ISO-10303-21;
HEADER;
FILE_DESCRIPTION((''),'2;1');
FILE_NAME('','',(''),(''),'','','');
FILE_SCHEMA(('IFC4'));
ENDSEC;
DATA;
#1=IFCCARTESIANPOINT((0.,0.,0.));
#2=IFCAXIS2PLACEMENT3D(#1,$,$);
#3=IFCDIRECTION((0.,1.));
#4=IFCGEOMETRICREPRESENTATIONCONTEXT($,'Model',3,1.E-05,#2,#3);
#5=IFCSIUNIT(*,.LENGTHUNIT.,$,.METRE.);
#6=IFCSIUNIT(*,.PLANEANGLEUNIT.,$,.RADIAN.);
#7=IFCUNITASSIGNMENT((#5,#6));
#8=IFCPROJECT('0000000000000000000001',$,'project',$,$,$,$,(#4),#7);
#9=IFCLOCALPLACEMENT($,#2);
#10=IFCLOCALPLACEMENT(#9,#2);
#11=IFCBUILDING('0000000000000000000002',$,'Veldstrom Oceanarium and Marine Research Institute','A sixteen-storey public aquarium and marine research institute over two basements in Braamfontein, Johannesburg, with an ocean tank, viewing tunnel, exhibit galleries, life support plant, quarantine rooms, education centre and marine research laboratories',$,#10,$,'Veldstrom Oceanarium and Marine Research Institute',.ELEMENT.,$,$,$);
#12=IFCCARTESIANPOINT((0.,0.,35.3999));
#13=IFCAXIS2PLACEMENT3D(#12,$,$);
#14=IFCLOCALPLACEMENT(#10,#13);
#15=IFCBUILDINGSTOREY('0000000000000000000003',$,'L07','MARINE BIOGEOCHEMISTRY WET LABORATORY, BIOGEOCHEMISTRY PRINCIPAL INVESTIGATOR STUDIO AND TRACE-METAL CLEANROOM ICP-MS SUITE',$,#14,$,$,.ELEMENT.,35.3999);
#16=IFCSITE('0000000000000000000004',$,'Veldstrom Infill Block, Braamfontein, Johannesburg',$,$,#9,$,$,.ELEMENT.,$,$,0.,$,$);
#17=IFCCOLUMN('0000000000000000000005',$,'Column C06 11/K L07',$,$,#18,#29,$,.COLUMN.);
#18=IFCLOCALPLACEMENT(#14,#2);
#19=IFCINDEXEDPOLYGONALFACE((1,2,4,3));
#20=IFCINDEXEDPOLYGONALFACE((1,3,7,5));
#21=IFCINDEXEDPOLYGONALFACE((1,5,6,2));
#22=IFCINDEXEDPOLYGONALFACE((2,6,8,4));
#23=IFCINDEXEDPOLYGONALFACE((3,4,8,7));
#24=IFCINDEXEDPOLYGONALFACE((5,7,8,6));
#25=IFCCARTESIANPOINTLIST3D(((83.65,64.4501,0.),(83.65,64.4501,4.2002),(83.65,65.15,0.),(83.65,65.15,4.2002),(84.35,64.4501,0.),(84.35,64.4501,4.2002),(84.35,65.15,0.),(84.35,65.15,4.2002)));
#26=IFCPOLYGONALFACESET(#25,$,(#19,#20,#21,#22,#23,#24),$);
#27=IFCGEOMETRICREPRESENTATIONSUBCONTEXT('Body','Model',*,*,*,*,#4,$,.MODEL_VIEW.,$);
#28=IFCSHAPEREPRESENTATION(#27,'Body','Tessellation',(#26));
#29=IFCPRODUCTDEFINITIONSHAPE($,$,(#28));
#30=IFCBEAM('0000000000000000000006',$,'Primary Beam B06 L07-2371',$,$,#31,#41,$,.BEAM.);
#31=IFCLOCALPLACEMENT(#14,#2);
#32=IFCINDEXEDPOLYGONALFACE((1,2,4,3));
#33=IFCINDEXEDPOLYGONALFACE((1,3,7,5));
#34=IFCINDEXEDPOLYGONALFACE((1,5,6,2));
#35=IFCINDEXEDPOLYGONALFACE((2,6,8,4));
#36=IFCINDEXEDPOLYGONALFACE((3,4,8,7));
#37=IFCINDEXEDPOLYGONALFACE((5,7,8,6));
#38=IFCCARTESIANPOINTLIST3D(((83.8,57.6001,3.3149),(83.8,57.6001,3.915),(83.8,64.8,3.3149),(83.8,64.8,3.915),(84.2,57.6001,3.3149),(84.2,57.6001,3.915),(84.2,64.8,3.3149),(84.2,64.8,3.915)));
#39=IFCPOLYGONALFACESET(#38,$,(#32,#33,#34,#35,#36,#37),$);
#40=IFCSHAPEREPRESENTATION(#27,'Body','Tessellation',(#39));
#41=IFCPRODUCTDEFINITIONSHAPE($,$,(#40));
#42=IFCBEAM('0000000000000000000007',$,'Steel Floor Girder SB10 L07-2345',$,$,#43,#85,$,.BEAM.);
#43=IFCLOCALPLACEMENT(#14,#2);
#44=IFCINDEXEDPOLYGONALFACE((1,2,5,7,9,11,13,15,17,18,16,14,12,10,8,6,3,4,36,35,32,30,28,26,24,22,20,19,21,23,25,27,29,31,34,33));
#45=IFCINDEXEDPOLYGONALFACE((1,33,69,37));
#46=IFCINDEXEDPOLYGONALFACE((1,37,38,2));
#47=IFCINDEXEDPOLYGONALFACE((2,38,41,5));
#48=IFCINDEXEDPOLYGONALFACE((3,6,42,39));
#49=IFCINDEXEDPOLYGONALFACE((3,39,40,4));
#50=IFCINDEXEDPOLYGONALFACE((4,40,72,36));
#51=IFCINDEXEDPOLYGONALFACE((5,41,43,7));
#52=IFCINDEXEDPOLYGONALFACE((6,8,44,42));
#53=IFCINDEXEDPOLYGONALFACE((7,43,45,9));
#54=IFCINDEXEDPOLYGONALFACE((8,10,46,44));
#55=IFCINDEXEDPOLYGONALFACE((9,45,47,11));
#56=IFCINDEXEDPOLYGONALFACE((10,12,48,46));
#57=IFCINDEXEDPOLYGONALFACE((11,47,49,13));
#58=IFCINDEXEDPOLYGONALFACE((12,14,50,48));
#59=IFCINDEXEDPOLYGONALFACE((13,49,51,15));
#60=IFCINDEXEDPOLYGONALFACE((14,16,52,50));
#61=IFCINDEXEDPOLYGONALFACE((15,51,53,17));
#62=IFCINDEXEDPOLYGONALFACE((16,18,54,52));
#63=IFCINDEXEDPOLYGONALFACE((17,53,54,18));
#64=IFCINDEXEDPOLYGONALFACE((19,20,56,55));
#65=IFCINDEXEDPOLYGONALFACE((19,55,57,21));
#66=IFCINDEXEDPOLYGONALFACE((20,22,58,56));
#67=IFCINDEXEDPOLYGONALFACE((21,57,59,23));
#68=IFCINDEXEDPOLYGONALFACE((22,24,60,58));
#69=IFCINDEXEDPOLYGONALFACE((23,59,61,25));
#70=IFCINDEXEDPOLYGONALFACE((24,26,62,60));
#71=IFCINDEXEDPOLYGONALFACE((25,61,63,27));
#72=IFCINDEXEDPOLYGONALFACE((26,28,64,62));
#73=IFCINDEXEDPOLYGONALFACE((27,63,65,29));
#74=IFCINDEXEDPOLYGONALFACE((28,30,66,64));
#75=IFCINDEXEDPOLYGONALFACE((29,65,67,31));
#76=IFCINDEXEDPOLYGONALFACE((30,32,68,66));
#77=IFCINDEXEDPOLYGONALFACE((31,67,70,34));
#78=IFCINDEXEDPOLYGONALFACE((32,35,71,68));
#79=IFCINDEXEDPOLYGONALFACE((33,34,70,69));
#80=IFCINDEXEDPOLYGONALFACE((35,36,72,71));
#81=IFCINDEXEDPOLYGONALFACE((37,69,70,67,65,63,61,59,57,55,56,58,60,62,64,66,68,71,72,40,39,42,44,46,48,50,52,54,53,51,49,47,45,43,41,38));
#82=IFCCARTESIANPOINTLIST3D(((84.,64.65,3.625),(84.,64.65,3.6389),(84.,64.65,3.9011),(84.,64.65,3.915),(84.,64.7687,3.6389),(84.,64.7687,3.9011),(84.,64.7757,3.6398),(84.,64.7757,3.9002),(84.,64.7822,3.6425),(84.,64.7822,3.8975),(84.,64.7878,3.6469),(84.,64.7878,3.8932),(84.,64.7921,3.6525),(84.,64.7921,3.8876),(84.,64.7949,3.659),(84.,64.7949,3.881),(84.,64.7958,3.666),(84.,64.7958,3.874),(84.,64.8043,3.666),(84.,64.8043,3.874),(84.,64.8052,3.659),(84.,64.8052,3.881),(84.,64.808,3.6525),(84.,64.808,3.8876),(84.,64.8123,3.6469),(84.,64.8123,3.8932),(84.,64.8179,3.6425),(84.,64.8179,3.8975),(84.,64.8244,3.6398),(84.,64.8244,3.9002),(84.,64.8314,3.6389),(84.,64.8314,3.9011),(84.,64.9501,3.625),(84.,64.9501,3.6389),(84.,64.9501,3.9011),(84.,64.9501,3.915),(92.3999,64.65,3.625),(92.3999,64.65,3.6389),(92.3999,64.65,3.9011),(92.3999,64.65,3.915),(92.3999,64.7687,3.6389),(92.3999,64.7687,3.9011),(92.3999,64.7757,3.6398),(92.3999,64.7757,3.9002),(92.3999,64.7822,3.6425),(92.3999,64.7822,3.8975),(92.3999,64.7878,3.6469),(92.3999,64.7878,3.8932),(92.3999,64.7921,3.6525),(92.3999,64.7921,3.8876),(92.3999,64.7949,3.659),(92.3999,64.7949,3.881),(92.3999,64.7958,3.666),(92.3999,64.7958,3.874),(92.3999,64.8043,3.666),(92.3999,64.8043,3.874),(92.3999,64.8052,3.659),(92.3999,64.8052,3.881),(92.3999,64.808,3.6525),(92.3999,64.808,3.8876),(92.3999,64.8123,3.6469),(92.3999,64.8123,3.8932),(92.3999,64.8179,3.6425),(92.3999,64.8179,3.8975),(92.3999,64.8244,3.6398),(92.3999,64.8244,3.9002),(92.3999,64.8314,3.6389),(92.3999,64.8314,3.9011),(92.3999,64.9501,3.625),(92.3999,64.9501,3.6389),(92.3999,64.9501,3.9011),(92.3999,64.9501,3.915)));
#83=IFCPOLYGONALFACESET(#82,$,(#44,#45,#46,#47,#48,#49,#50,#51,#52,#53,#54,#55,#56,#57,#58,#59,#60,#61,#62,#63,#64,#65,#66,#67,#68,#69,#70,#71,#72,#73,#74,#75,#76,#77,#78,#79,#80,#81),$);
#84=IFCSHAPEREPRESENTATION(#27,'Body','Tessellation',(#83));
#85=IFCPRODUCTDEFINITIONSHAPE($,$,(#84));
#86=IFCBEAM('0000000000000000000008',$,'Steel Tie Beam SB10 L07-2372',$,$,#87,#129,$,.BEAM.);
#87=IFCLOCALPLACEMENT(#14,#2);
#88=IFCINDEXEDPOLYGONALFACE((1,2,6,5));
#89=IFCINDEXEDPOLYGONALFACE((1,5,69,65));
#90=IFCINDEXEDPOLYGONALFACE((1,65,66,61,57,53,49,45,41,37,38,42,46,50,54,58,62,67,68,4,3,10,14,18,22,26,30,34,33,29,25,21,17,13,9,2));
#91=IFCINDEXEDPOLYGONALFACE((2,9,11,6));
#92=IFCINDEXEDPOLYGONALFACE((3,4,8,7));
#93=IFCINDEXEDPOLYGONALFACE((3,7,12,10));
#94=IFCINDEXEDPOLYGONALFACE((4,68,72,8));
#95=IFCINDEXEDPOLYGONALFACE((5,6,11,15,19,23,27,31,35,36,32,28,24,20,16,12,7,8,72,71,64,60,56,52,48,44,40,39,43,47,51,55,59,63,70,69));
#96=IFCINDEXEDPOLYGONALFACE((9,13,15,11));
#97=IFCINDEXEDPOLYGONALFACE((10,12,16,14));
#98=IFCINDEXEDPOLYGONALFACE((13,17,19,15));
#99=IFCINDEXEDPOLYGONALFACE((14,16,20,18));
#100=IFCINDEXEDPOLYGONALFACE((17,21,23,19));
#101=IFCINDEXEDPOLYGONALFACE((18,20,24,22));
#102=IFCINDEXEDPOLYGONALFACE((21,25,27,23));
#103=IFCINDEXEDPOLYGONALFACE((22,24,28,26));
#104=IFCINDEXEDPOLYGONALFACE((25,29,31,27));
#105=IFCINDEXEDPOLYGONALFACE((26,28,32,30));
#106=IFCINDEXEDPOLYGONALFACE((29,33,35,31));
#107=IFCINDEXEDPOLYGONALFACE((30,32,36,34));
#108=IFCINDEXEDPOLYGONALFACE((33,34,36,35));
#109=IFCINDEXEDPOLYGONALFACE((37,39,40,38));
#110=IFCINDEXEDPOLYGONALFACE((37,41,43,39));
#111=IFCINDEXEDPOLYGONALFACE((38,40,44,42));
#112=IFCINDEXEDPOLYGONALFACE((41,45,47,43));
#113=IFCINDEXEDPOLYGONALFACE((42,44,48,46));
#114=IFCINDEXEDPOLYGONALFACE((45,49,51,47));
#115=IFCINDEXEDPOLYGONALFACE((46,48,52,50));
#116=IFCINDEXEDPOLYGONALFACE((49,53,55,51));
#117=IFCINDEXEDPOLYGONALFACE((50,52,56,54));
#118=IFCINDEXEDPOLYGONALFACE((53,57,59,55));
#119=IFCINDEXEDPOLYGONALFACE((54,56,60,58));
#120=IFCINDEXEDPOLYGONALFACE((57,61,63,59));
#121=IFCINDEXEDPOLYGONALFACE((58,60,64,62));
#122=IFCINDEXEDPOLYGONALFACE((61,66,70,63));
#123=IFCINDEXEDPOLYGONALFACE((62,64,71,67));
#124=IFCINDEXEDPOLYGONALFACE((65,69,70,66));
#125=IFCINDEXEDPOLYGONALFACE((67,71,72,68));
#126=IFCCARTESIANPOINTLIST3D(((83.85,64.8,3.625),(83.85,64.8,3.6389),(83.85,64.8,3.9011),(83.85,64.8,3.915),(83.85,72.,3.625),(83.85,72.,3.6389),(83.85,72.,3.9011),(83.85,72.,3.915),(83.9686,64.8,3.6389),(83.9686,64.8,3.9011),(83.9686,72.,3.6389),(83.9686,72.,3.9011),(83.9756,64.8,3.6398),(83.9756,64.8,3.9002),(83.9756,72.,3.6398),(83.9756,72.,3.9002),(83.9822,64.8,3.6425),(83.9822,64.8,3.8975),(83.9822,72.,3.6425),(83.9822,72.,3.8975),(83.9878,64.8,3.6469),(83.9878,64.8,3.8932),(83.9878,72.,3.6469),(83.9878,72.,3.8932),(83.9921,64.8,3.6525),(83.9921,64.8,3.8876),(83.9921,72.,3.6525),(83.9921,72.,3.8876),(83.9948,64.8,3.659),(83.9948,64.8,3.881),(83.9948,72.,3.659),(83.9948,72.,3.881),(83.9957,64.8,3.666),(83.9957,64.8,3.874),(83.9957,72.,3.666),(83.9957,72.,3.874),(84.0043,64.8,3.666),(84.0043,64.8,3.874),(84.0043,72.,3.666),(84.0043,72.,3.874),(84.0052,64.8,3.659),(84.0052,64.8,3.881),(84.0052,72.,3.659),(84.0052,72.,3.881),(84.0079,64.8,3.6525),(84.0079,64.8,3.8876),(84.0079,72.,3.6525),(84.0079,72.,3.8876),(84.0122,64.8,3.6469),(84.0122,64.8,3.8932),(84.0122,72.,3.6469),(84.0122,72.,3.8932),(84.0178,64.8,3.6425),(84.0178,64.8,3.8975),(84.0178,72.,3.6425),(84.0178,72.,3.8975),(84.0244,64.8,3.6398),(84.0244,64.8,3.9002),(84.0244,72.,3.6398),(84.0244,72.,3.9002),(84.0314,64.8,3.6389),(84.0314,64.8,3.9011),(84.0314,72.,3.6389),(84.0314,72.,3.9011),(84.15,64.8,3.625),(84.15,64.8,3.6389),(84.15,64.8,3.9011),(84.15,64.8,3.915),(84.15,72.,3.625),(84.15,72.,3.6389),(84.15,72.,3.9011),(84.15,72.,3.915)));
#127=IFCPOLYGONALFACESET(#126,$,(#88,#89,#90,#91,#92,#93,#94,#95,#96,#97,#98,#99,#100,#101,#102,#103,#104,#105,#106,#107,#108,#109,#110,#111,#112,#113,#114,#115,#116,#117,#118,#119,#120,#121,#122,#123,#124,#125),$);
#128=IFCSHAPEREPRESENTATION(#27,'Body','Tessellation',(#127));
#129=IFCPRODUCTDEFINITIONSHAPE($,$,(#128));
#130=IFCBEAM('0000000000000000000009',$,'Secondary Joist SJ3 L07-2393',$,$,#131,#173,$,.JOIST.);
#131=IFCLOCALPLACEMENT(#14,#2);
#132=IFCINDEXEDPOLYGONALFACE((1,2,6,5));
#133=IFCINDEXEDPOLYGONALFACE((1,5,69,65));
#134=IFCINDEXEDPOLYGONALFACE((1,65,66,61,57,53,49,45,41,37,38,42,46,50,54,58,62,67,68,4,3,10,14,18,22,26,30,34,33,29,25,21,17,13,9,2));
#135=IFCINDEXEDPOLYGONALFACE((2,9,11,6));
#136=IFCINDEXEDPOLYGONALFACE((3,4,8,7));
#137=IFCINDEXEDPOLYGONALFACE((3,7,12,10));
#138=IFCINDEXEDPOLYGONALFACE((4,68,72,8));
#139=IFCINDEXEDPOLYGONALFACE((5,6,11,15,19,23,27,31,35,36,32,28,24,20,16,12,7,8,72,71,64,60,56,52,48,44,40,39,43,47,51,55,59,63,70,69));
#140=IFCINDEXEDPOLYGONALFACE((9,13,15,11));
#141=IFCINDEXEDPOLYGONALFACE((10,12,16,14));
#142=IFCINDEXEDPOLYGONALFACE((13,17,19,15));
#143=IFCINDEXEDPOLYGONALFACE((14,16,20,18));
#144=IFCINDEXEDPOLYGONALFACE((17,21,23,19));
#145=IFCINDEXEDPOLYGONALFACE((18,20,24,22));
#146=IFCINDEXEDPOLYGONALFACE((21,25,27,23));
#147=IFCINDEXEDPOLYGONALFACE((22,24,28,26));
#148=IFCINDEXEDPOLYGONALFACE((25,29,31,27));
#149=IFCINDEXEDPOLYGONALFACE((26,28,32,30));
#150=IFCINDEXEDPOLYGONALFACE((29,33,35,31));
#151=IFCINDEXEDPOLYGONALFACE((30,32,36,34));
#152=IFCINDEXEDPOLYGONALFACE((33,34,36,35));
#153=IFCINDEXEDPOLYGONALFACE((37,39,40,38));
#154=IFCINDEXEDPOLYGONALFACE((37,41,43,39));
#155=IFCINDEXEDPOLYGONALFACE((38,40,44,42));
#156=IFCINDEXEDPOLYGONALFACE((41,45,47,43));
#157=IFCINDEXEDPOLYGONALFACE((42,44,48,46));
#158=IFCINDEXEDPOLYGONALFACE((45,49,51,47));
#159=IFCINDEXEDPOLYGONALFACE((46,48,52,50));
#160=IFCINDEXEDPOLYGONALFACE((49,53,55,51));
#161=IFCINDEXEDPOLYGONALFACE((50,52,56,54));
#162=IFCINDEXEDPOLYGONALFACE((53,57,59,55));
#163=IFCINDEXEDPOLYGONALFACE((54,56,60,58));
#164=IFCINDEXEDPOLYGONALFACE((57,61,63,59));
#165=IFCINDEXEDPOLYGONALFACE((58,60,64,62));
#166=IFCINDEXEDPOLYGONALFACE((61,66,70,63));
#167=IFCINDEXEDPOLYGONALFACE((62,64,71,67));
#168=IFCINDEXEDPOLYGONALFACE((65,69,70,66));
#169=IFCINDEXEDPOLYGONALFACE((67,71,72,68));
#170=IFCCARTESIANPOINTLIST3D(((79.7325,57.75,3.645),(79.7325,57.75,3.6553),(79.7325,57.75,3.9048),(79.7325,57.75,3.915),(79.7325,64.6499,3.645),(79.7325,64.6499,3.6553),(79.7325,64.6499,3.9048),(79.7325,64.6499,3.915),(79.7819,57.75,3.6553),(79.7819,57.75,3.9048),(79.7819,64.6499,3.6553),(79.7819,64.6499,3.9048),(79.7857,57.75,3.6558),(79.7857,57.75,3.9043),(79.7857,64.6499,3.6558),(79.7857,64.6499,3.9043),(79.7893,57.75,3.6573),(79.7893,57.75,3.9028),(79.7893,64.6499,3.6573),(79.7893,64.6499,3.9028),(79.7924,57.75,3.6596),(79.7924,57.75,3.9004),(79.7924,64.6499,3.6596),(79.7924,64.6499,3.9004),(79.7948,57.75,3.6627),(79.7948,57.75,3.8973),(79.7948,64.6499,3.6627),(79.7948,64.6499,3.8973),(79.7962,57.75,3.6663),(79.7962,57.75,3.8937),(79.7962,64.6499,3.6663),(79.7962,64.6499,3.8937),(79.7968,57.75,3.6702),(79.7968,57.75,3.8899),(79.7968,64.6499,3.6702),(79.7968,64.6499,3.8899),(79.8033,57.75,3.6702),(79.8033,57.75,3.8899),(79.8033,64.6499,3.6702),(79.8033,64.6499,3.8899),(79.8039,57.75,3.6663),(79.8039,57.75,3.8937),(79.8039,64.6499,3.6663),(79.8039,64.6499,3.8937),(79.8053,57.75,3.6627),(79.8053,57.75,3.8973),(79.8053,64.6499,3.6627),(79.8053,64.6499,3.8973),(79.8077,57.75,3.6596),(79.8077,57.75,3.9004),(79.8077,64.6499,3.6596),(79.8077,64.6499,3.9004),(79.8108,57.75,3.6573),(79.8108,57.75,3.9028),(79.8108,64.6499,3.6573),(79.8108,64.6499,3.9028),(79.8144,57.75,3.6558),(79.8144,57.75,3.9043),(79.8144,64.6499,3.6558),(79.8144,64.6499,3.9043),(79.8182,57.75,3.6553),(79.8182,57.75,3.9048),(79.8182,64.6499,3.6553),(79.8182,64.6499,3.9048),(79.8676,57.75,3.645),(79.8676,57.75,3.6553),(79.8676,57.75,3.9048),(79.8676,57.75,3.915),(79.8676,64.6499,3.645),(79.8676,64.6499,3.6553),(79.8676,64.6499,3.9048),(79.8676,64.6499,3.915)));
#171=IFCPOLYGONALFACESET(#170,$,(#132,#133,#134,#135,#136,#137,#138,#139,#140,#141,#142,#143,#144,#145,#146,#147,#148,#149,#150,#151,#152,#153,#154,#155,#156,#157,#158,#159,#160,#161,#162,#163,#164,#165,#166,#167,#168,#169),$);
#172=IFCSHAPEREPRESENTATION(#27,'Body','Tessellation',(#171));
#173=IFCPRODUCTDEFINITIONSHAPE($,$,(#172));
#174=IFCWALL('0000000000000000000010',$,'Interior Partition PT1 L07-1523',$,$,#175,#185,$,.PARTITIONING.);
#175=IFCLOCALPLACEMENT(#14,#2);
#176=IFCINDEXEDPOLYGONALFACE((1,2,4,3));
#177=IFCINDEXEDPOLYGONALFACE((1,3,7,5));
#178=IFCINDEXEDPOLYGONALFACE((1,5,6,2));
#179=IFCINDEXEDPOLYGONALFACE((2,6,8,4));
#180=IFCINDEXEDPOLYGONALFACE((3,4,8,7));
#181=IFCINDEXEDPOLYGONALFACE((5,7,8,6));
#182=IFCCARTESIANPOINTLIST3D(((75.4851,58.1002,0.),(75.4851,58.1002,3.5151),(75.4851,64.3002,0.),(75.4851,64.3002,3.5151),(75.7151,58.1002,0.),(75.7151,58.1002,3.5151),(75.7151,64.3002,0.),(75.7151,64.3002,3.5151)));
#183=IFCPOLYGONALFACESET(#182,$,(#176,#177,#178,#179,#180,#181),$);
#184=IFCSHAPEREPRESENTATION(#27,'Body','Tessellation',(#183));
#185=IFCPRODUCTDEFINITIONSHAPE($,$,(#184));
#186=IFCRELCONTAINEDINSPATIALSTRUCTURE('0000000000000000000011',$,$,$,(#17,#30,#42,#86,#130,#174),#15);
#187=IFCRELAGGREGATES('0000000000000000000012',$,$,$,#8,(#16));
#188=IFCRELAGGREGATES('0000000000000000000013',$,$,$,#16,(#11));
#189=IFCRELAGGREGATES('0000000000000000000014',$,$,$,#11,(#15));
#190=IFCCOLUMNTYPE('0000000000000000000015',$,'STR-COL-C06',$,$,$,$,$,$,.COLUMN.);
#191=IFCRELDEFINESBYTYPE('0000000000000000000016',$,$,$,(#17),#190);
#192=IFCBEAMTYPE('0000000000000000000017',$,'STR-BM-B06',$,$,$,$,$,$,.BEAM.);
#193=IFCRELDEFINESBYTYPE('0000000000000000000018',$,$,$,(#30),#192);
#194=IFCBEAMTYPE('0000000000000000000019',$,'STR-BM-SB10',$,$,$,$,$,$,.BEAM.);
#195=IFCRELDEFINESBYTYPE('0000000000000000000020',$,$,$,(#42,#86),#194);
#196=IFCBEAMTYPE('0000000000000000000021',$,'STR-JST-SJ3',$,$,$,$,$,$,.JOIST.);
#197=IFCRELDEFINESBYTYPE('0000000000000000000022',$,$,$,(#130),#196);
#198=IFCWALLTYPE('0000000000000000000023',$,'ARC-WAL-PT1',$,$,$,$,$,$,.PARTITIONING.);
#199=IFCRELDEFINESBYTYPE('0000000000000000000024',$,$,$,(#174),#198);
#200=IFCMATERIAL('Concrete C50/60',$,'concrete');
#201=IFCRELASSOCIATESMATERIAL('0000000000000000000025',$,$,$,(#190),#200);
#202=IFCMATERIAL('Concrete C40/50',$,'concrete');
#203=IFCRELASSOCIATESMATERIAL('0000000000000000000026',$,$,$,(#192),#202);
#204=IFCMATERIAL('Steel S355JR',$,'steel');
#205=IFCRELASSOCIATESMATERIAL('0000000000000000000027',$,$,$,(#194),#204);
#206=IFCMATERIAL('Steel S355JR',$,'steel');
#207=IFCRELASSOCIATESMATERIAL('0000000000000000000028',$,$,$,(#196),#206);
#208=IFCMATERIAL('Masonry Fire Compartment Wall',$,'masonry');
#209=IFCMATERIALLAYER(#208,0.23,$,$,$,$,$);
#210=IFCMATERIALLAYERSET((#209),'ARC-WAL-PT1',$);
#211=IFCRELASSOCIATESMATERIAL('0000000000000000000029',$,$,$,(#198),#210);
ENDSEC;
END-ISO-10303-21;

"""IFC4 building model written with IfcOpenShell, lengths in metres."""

from ifc_helpers import new_model, si_unit, direction, frame, frame_2d, origin, origin_2d, place, context, subcontext, project, spatial, rectangle, i_section, extrude, material, layer, layer_set, material_profile, profile_set, type_object, element, save


model = new_model("IFC4")

# Units and contexts
model_context = context("Model", 3, precision=1e-05, world=origin(), true_north=direction((0.0, 1.0)))
body_context = subcontext(model_context, "Body", "Model", "MODEL_VIEW")
ifc_project = project(units=[si_unit("LENGTHUNIT", "METRE"), si_unit("PLANEANGLEUNIT", "RADIAN")], contexts=[model_context])

# Site, building, storey
site_placement = place(None, origin())
site = spatial("IfcSite", under=ifc_project, at=site_placement, Name="Veldstrom Infill Block, Braamfontein, Johannesburg", CompositionType="ELEMENT", RefElevation=0.0)
building_placement = place(site_placement, origin())
building = spatial("IfcBuilding", under=site, at=building_placement, Name="Veldstrom Oceanarium and Marine Research Institute", Description="A sixteen-storey public aquarium and marine research institute over two basements in Braamfontein, Johannesburg, with an ocean tank, viewing tunnel, exhibit galleries, life support plant, quarantine rooms, education centre and marine research laboratories", LongName="Veldstrom Oceanarium and Marine Research Institute", CompositionType="ELEMENT")
storey_placement = place(building_placement, frame((0.0, 0.0, 35.3999)))
storey = spatial("IfcBuildingStorey", under=building, at=storey_placement, Name="L07", Description="MARINE BIOGEOCHEMISTRY WET LABORATORY, BIOGEOCHEMISTRY PRINCIPAL INVESTIGATOR STUDIO AND TRACE-METAL CLEANROOM ICP-MS SUITE", CompositionType="ELEMENT", Elevation=35.3999)

# Column
ifc_material_1 = material(Name="Concrete C50/60", Category="concrete")
ifc_material_profile_1 = material_profile(ifc_material_1, rectangle(XDim=0.7, YDim=0.7, at=origin_2d()), Name="RC-COL-700x700")
ifc_profile_set_1 = profile_set([ifc_material_profile_1], Name="Concrete C50/60")
column_type = type_object("IfcColumnType", Name="STR-COL-C06", PredefinedType="COLUMN", material=ifc_profile_set_1)
column_placement = place(storey_placement, frame((84.0, 64.8, 0.0), z_axis=(0.0, 0.0, 1.0), x_axis=(1.0, 0.0, 0.0)))
element("IfcColumn", 1, at=column_placement, inside=storey, type_object=column_type, Name="Column C06 11/K L07", PredefinedType="COLUMN", context=body_context, shape_type="SweptSolid", body=[
    extrude(rectangle(XDim=0.7, YDim=0.7, at=origin_2d()), origin(), (0.0, 0.0, 1.0), 4.2002),
])

# Beams
ifc_material_2 = material(Name="Concrete C40/50", Category="concrete")
ifc_material_profile_2 = material_profile(ifc_material_2, rectangle(XDim=0.3999, YDim=0.6001, at=origin_2d()), Name="RC-BM-400x600")
ifc_profile_set_2 = profile_set([ifc_material_profile_2], Name="Concrete C40/50")
beam_type_1 = type_object("IfcBeamType", Name="STR-BM-B06", PredefinedType="BEAM", material=ifc_profile_set_2)
beam_1_placement = place(storey_placement, frame((84.0, 57.6001, 3.615), z_axis=(0.0, 1.0, 0.0), x_axis=(-1.0, 0.0, 0.0)))
element("IfcBeam", 2, at=beam_1_placement, inside=storey, type_object=beam_type_1, Name="Primary Beam B06 L07-2371", PredefinedType="BEAM", context=body_context, shape_type="SweptSolid", body=[
    extrude(rectangle(XDim=0.3999, YDim=0.6001, at=origin_2d()), origin(), (0.0, 0.0, 1.0), 7.2),
])
ifc_material_3 = material(Name="Steel S355JR", Category="steel")
ifc_material_profile_3 = material_profile(ifc_material_3, i_section(OverallWidth=0.3, OverallDepth=0.29, WebThickness=0.0085, FlangeThickness=0.0139, FilletRadius=0.0271, at=origin_2d()), Name="HEA 300")
ifc_profile_set_3 = profile_set([ifc_material_profile_3], Name="Steel S355JR")
beam_type_2 = type_object("IfcBeamType", Name="STR-BM-SB10", PredefinedType="BEAM", material=ifc_profile_set_3)
beam_2_placement = place(storey_placement, frame((84.0, 64.8, 3.77), z_axis=(1.0, 0.0, 0.0), x_axis=(0.0, 1.0, 0.0)))
element("IfcBeam", 3, at=beam_2_placement, inside=storey, type_object=beam_type_2, Name="Steel Floor Girder SB10 L07-2345", PredefinedType="BEAM", context=body_context, shape_type="SweptSolid", body=[
    extrude(i_section(OverallWidth=0.3, OverallDepth=0.29, WebThickness=0.0085, FlangeThickness=0.0139, FilletRadius=0.0271, at=origin_2d()), origin(), (0.0, 0.0, 1.0), 8.3999),
])
beam_3_placement = place(storey_placement, frame((84.0, 64.8, 3.77), z_axis=(0.0, 1.0, 0.0), x_axis=(-1.0, 0.0, 0.0)))
element("IfcBeam", 4, at=beam_3_placement, inside=storey, type_object=beam_type_2, Name="Steel Tie Beam SB10 L07-2372", PredefinedType="BEAM", context=body_context, shape_type="SweptSolid", body=[
    extrude(i_section(OverallWidth=0.3, OverallDepth=0.29, WebThickness=0.0085, FlangeThickness=0.0139, FilletRadius=0.0271, at=origin_2d()), origin(), (0.0, 0.0, 1.0), 7.2),
])
ifc_material_4 = material(Name="Steel S355JR", Category="steel")
ifc_material_profile_4 = material_profile(ifc_material_4, i_section(OverallWidth=0.135, OverallDepth=0.27, WebThickness=0.0066, FlangeThickness=0.0103, FilletRadius=0.0149, at=origin_2d()), Name="IPE 270")
ifc_profile_set_4 = profile_set([ifc_material_profile_4], Name="Steel S355JR")
beam_type_3 = type_object("IfcBeamType", Name="STR-JST-SJ3", PredefinedType="JOIST", material=ifc_profile_set_4)
beam_4_placement = place(storey_placement, frame((79.8, 57.75, 3.78), z_axis=(0.0, 1.0, 0.0), x_axis=(-1.0, 0.0, 0.0)))
element("IfcBeam", 5, at=beam_4_placement, inside=storey, type_object=beam_type_3, Name="Secondary Joist SJ3 L07-2393", PredefinedType="JOIST", context=body_context, shape_type="SweptSolid", body=[
    extrude(i_section(OverallWidth=0.135, OverallDepth=0.27, WebThickness=0.0066, FlangeThickness=0.0103, FilletRadius=0.0149, at=origin_2d()), origin(), (0.0, 0.0, 1.0), 6.8999),
])

# Wall
ifc_material_5 = material(Name="Masonry Fire Compartment Wall", Category="masonry")
ifc_layer_1 = layer(ifc_material_5, 0.23)
ifc_layer_set_1 = layer_set([ifc_layer_1], Name="ARC-WAL-PT1")
wall_type_1 = type_object("IfcWallType", Name="ARC-WAL-PT1", PredefinedType="PARTITIONING", material=ifc_layer_set_1)
wall_1_placement = place(storey_placement, frame((75.6001, 58.1001, 0.0), z_axis=(0.0, 0.0, 1.0), x_axis=(0.0, 1.0, 0.0)))
element("IfcWall", 6, at=wall_1_placement, inside=storey, type_object=wall_type_1, Name="Interior Partition PT1 L07-1523", PredefinedType="PARTITIONING", context=body_context, shape_type="SweptSolid", body=[
    extrude(rectangle(XDim=6.2, YDim=0.23, at=frame_2d((3.1001, 0.0))), origin(), (0.0, 0.0, 1.0), 3.5151),
])

save(model, "model.ifc")
